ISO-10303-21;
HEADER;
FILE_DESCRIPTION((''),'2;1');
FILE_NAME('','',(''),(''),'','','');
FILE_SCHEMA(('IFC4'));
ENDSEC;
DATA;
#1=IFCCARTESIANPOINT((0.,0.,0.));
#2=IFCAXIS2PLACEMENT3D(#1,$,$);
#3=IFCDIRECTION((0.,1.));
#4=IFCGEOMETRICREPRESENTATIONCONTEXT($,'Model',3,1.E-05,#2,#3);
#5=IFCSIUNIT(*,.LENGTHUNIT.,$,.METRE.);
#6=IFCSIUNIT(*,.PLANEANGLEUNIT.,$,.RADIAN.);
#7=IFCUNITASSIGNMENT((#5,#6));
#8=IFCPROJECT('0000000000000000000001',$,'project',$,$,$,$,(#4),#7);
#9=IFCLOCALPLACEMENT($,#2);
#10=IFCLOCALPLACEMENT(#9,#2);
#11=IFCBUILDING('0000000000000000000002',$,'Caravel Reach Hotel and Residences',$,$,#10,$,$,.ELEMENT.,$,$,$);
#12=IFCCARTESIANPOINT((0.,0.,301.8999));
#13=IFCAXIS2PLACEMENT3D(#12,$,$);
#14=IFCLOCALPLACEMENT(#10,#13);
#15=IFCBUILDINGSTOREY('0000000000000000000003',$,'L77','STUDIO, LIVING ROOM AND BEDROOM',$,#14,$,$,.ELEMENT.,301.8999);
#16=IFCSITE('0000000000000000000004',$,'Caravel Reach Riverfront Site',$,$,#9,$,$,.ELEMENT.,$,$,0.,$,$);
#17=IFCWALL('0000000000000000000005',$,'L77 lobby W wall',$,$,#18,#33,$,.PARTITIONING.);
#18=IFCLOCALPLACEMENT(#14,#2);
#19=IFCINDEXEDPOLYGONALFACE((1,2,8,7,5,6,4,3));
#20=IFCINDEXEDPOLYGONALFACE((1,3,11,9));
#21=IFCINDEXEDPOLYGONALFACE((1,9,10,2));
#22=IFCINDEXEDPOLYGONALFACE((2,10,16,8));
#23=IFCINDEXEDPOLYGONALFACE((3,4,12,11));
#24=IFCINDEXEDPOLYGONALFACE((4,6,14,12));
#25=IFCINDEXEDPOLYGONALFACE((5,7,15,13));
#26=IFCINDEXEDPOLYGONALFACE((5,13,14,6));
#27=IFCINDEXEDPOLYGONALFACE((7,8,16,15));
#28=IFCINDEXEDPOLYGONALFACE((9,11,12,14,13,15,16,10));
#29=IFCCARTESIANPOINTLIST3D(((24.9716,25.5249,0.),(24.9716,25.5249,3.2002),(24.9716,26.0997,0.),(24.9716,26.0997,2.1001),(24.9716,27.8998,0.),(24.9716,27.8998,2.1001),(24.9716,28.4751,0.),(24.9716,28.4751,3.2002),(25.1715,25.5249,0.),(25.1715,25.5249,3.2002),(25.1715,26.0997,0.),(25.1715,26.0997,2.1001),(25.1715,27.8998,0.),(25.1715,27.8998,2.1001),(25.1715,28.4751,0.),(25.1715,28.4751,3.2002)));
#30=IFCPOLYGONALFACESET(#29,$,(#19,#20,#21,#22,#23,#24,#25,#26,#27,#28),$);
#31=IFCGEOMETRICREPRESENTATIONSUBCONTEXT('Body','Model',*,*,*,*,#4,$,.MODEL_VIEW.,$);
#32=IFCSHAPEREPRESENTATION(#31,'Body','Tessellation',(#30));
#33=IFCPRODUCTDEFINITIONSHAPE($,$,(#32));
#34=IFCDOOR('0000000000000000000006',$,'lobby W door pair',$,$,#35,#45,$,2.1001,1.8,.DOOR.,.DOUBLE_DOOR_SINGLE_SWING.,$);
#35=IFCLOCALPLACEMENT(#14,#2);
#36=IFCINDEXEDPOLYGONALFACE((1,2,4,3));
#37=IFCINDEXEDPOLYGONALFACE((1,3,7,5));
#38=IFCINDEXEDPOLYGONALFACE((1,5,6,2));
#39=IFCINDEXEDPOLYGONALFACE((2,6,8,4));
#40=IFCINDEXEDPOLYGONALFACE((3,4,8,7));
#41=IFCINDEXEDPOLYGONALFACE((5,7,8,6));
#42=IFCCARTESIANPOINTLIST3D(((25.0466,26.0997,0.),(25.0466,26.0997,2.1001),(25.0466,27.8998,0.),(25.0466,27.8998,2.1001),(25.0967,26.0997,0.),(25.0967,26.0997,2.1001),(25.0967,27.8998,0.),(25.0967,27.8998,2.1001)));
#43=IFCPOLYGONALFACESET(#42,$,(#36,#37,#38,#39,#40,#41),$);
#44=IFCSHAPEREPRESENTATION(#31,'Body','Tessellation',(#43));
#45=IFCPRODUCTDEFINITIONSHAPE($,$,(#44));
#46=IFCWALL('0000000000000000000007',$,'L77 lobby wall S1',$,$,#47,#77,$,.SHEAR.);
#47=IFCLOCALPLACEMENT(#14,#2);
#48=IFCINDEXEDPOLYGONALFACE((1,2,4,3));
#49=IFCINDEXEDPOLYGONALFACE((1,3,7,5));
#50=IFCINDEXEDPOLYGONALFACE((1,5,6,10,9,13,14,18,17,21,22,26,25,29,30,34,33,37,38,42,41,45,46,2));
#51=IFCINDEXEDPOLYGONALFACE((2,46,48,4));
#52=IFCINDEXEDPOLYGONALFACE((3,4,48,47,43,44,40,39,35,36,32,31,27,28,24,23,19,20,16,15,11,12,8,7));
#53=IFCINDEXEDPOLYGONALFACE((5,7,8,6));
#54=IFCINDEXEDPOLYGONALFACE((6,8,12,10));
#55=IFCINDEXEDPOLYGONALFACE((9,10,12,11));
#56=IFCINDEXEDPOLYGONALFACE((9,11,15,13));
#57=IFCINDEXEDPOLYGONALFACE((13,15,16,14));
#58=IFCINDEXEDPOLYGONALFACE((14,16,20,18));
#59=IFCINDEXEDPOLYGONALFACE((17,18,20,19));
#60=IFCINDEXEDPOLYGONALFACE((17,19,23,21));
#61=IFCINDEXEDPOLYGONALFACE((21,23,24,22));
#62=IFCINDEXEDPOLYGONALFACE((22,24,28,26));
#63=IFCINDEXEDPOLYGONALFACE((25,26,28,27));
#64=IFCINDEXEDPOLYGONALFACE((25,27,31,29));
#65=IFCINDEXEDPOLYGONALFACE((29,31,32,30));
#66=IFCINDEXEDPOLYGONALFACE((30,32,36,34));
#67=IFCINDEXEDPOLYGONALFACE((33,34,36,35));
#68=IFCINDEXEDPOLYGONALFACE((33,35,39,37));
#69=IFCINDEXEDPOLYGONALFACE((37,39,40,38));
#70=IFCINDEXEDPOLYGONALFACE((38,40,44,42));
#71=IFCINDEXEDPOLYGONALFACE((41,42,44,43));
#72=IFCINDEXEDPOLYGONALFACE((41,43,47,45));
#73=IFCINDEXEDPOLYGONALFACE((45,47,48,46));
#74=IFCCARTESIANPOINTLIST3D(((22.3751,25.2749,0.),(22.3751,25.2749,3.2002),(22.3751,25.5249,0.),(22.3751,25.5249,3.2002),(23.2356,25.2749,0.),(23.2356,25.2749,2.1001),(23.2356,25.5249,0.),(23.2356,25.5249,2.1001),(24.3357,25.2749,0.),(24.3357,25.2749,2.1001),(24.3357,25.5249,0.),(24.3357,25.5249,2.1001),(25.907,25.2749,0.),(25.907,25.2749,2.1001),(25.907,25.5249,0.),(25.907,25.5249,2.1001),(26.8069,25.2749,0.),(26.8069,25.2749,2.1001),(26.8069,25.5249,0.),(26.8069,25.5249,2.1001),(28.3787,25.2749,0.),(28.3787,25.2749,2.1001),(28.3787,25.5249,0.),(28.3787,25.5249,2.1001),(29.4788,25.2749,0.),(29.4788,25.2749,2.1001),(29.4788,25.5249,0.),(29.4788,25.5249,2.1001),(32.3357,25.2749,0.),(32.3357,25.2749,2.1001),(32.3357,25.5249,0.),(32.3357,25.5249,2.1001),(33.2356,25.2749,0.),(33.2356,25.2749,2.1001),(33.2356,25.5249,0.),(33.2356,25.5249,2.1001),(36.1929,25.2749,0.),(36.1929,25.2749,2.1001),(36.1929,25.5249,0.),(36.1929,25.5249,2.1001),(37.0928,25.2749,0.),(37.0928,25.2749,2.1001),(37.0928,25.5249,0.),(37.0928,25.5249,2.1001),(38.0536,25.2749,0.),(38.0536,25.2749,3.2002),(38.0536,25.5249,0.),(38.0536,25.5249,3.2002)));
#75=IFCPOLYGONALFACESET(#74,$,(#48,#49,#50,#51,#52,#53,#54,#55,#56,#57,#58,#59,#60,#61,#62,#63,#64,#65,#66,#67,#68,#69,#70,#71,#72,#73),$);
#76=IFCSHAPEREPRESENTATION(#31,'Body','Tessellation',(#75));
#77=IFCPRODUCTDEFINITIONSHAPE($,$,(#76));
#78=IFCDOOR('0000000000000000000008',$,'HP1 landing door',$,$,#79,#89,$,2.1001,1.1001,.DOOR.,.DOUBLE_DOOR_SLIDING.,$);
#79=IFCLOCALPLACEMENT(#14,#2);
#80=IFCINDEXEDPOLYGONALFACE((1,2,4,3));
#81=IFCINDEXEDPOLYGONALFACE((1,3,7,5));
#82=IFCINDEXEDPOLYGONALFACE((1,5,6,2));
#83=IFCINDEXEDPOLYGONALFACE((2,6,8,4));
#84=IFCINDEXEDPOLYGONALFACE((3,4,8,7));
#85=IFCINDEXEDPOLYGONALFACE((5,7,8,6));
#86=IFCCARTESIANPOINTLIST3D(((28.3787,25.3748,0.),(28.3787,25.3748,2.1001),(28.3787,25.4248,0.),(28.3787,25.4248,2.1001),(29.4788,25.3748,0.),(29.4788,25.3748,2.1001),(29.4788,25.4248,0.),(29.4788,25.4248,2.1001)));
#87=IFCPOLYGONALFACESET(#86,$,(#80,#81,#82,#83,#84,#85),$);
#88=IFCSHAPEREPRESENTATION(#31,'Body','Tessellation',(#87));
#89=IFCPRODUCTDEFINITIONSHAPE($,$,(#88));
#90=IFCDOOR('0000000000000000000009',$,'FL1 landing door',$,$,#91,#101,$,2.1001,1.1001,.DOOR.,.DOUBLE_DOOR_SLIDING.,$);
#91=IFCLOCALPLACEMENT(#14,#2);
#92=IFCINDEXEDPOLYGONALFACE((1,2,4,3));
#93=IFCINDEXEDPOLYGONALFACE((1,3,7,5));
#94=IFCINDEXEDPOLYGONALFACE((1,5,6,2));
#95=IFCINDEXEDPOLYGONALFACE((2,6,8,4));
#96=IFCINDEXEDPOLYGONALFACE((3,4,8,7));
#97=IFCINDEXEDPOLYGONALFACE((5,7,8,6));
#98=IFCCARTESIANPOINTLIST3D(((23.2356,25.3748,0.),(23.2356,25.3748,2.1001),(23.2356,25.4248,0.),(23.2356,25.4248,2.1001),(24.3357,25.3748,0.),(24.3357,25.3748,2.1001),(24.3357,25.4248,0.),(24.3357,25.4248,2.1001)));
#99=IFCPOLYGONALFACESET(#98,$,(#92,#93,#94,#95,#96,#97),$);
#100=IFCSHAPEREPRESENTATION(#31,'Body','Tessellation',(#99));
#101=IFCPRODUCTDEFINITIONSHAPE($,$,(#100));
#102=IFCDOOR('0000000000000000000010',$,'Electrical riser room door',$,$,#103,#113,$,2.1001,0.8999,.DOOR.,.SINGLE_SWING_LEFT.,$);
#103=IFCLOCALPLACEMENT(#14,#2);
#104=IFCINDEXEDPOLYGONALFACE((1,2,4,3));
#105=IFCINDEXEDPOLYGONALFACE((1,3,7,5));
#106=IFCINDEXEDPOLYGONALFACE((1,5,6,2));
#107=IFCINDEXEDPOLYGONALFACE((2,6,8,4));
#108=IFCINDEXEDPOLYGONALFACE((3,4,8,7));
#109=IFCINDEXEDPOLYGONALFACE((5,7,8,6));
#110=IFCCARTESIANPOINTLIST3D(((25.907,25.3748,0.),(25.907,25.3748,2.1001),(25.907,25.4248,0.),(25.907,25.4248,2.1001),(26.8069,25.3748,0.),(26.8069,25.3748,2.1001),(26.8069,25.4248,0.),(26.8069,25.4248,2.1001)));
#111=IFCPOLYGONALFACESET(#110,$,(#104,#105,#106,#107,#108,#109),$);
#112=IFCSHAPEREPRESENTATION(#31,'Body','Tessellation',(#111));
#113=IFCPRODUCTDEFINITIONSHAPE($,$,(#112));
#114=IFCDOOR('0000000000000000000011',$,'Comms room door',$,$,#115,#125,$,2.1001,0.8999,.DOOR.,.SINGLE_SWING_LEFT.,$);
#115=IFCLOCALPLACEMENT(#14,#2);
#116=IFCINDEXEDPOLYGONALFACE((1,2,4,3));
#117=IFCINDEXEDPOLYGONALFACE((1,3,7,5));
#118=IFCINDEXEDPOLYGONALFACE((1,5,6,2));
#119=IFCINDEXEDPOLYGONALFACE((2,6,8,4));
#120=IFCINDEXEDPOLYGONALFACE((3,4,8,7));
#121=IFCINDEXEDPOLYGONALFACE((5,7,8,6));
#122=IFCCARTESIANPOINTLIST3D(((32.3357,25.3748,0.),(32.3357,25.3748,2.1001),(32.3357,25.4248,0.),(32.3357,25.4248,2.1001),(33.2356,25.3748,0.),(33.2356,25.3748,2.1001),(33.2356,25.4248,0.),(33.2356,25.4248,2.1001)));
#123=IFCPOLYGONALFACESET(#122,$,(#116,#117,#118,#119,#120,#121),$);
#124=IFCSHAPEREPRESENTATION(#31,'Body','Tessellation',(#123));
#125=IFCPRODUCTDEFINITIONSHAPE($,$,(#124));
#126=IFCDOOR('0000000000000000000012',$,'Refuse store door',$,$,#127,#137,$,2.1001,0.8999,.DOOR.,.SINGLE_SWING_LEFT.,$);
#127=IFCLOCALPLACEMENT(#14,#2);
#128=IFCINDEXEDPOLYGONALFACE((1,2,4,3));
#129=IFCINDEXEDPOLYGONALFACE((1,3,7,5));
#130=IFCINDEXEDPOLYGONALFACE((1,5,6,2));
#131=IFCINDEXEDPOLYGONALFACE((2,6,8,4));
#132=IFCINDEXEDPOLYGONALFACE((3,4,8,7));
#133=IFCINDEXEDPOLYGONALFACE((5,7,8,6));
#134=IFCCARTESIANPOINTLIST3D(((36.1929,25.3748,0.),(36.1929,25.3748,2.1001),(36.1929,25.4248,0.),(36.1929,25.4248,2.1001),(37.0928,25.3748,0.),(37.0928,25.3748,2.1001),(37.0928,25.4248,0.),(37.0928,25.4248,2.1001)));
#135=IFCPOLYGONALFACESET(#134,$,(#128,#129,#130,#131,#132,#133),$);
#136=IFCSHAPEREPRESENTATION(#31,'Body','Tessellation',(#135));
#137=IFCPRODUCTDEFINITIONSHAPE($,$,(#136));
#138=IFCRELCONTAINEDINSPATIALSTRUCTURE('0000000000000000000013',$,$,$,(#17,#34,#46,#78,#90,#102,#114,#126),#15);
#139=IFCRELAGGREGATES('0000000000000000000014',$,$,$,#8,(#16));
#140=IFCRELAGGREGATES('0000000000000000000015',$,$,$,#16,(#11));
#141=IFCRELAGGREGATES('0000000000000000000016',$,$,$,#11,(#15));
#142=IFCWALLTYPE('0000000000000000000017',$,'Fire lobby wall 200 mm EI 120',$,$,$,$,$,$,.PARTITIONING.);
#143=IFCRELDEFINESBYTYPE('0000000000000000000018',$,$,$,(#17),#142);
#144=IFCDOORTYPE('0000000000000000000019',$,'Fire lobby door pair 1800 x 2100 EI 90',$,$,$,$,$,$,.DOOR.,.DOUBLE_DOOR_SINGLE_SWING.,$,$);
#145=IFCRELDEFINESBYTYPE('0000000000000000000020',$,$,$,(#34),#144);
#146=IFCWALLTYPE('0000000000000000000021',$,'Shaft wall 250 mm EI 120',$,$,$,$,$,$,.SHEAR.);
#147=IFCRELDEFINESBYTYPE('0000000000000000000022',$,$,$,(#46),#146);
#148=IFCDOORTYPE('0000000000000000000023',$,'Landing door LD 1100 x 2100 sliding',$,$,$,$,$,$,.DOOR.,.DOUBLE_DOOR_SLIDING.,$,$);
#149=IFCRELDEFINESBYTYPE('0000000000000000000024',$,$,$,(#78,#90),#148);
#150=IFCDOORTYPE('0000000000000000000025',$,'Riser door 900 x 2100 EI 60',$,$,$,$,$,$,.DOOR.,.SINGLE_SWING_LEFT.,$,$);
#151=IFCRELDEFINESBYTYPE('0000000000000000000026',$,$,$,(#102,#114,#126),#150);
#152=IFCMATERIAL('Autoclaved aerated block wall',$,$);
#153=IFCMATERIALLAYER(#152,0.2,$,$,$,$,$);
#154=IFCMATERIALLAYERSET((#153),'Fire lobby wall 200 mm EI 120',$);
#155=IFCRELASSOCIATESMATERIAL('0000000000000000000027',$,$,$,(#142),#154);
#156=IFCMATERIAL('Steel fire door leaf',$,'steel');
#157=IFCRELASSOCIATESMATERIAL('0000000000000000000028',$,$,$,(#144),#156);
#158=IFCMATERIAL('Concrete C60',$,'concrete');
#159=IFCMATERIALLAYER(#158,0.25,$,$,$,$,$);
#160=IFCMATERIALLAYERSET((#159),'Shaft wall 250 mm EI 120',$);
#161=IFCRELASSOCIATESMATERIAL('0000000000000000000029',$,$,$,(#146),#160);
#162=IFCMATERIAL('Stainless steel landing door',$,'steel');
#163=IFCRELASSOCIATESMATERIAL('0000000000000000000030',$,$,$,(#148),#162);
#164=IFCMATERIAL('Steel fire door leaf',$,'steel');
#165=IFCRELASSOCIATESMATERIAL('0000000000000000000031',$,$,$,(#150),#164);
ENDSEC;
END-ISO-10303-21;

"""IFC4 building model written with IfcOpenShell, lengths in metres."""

from ifc_helpers import new_model, si_unit, direction, frame, frame_2d, origin, place, context, subcontext, project, spatial, rectangle, extrude, material, layer, layer_set, type_object, element, fill, save


model = new_model("IFC4")

# Units and contexts
model_context = context("Model", 3, precision=1e-05, world=origin(), true_north=direction((0.0, 1.0)))
body_context = subcontext(model_context, "Body", "Model", "MODEL_VIEW")
ifc_project = project(units=[si_unit("LENGTHUNIT", "METRE"), si_unit("PLANEANGLEUNIT", "RADIAN")], contexts=[model_context])

# Site, building, storey
site_placement = place(None, origin())
site = spatial("IfcSite", under=ifc_project, at=site_placement, Name="Caravel Reach Riverfront Site", CompositionType="ELEMENT", RefElevation=0.0)
building_placement = place(site_placement, origin())
building = spatial("IfcBuilding", under=site, at=building_placement, Name="Caravel Reach Hotel and Residences", CompositionType="ELEMENT")
storey_placement = place(building_placement, frame((0.0, 0.0, 301.8999)))
storey = spatial("IfcBuildingStorey", under=building, at=storey_placement, Name="L77", Description="STUDIO, LIVING ROOM AND BEDROOM", CompositionType="ELEMENT", Elevation=301.8999)

# Wall, opening, door
ifc_material_1 = material(Name="Autoclaved aerated block wall")
ifc_layer_1 = layer(ifc_material_1, 0.2)
ifc_layer_set_1 = layer_set([ifc_layer_1], Name="Fire lobby wall 200 mm EI 120")
wall_type_1 = type_object("IfcWallType", Name="Fire lobby wall 200 mm EI 120", PredefinedType="PARTITIONING", material=ifc_layer_set_1)
wall_1_placement = place(storey_placement, frame((25.0715, 25.5249, 0.0), z_axis=(0.0, 0.0, 1.0), x_axis=(0.0, 1.0, 0.0)))
wall_1 = element("IfcWall", 1, at=wall_1_placement, inside=storey, type_object=wall_type_1, Name="L77 lobby W wall", PredefinedType="PARTITIONING", context=body_context, shape_type="SweptSolid", body=[
    extrude(rectangle(XDim=2.9502, YDim=0.2, at=frame_2d((1.4751, 0.0))), origin(), (0.0, 0.0, 1.0), 3.2002),
])
opening_1_placement = place(wall_1_placement, frame((0.575, 0.0, 0.0)))
opening_1 = element("IfcOpeningElement", 2, at=opening_1_placement, cuts=wall_1, PredefinedType="OPENING", context=body_context, shape_type="SweptSolid", body=[
    extrude(rectangle(XDim=1.8, YDim=2.1001, at=frame_2d((0.8999, 1.05))), frame((0.0, 0.1099, 0.0), z_axis=(0.0, -1.0, 0.0), x_axis=(1.0, 0.0, 0.0)), (0.0, 0.0, 1.0), 0.22),
])
ifc_material_2 = material(Name="Steel fire door leaf", Category="steel")
door_type_1 = type_object("IfcDoorType", Name="Fire lobby door pair 1800 x 2100 EI 90", OperationType="DOUBLE_DOOR_SINGLE_SWING", PredefinedType="DOOR", material=ifc_material_2)
door_1_placement = place(opening_1_placement, origin())
door_1 = element("IfcDoor", 3, at=door_1_placement, inside=storey, type_object=door_type_1, Name="lobby W door pair", OperationType="DOUBLE_DOOR_SINGLE_SWING", OverallHeight=2.1001, OverallWidth=1.8, PredefinedType="DOOR", context=body_context, shape_type="SweptSolid", body=[
    extrude(rectangle(XDim=1.8, YDim=2.1001, at=frame_2d((0.8999, 1.05))), frame((0.0, 0.0249, 0.0), z_axis=(0.0, -1.0, 0.0), x_axis=(1.0, 0.0, 0.0)), (0.0, 0.0, 1.0), 0.05),
])
fill(opening_1, door_1)

# Wall, openings, doors
ifc_material_3 = material(Name="Concrete C60", Category="concrete")
ifc_layer_2 = layer(ifc_material_3, 0.25)
ifc_layer_set_2 = layer_set([ifc_layer_2], Name="Shaft wall 250 mm EI 120")
wall_type_2 = type_object("IfcWallType", Name="Shaft wall 250 mm EI 120", PredefinedType="SHEAR", material=ifc_layer_set_2)
wall_2_placement = place(storey_placement, frame((22.375, 25.3999, 0.0), z_axis=(0.0, 0.0, 1.0), x_axis=(1.0, 0.0, 0.0)))
wall_2 = element("IfcWall", 4, at=wall_2_placement, inside=storey, type_object=wall_type_2, Name="L77 lobby wall S1", PredefinedType="SHEAR", context=body_context, shape_type="SweptSolid", body=[
    extrude(rectangle(XDim=15.6785, YDim=0.25, at=frame_2d((7.8394, 0.0))), origin(), (0.0, 0.0, 1.0), 3.2002),
])
opening_2_placement = place(wall_2_placement, frame((6.0037, 0.0, 0.0)))
opening_2 = element("IfcOpeningElement", 5, at=opening_2_placement, cuts=wall_2, PredefinedType="OPENING", context=body_context, shape_type="SweptSolid", body=[
    extrude(rectangle(XDim=1.1001, YDim=2.1001, at=frame_2d((0.55, 1.05))), frame((0.0, 0.135, 0.0), z_axis=(0.0, -1.0, 0.0), x_axis=(1.0, 0.0, 0.0)), (0.0, 0.0, 1.0), 0.27),
])
opening_3_placement = place(wall_2_placement, frame((0.8606, 0.0, 0.0)))
opening_3 = element("IfcOpeningElement", 6, at=opening_3_placement, cuts=wall_2, PredefinedType="OPENING", context=body_context, shape_type="SweptSolid", body=[
    extrude(rectangle(XDim=1.1001, YDim=2.1001, at=frame_2d((0.55, 1.05))), frame((0.0, 0.135, 0.0), z_axis=(0.0, -1.0, 0.0), x_axis=(1.0, 0.0, 0.0)), (0.0, 0.0, 1.0), 0.27),
])
opening_4_placement = place(wall_2_placement, frame((3.532, 0.0, 0.0)))
opening_4 = element("IfcOpeningElement", 7, at=opening_4_placement, cuts=wall_2, PredefinedType="OPENING", context=body_context, shape_type="SweptSolid", body=[
    extrude(rectangle(XDim=0.8999, YDim=2.1001, at=frame_2d((0.45, 1.05))), frame((0.0, 0.135, 0.0), z_axis=(0.0, -1.0, 0.0), x_axis=(1.0, 0.0, 0.0)), (0.0, 0.0, 1.0), 0.27),
])
opening_5_placement = place(wall_2_placement, frame((9.9607, 0.0, 0.0)))
opening_5 = element("IfcOpeningElement", 8, at=opening_5_placement, cuts=wall_2, PredefinedType="OPENING", context=body_context, shape_type="SweptSolid", body=[
    extrude(rectangle(XDim=0.8999, YDim=2.1001, at=frame_2d((0.45, 1.05))), frame((0.0, 0.135, 0.0), z_axis=(0.0, -1.0, 0.0), x_axis=(1.0, 0.0, 0.0)), (0.0, 0.0, 1.0), 0.27),
])
opening_6_placement = place(wall_2_placement, frame((13.8179, 0.0, 0.0)))
opening_6 = element("IfcOpeningElement", 9, at=opening_6_placement, cuts=wall_2, PredefinedType="OPENING", context=body_context, shape_type="SweptSolid", body=[
    extrude(rectangle(XDim=0.8999, YDim=2.1001, at=frame_2d((0.45, 1.05))), frame((0.0, 0.135, 0.0), z_axis=(0.0, -1.0, 0.0), x_axis=(1.0, 0.0, 0.0)), (0.0, 0.0, 1.0), 0.27),
])
ifc_material_4 = material(Name="Stainless steel landing door", Category="steel")
door_type_2 = type_object("IfcDoorType", Name="Landing door LD 1100 x 2100 sliding", OperationType="DOUBLE_DOOR_SLIDING", PredefinedType="DOOR", material=ifc_material_4)
door_2_placement = place(opening_2_placement, origin())
door_2 = element("IfcDoor", 10, at=door_2_placement, inside=storey, type_object=door_type_2, Name="HP1 landing door", OperationType="DOUBLE_DOOR_SLIDING", OverallHeight=2.1001, OverallWidth=1.1001, PredefinedType="DOOR", context=body_context, shape_type="SweptSolid", body=[
    extrude(rectangle(XDim=1.1001, YDim=2.1001, at=frame_2d((0.55, 1.05))), frame((0.0, 0.0249, 0.0), z_axis=(0.0, -1.0, 0.0), x_axis=(1.0, 0.0, 0.0)), (0.0, 0.0, 1.0), 0.05),
])
fill(opening_2, door_2)
door_3_placement = place(opening_3_placement, origin())
door_3 = element("IfcDoor", 11, at=door_3_placement, inside=storey, type_object=door_type_2, Name="FL1 landing door", OperationType="DOUBLE_DOOR_SLIDING", OverallHeight=2.1001, OverallWidth=1.1001, PredefinedType="DOOR", context=body_context, shape_type="SweptSolid", body=[
    extrude(rectangle(XDim=1.1001, YDim=2.1001, at=frame_2d((0.55, 1.05))), frame((0.0, 0.0249, 0.0), z_axis=(0.0, -1.0, 0.0), x_axis=(1.0, 0.0, 0.0)), (0.0, 0.0, 1.0), 0.05),
])
fill(opening_3, door_3)
ifc_material_5 = material(Name="Steel fire door leaf", Category="steel")
door_type_3 = type_object("IfcDoorType", Name="Riser door 900 x 2100 EI 60", OperationType="SINGLE_SWING_LEFT", PredefinedType="DOOR", material=ifc_material_5)
door_4_placement = place(opening_4_placement, origin())
door_4 = element("IfcDoor", 12, at=door_4_placement, inside=storey, type_object=door_type_3, Name="Electrical riser room door", OperationType="SINGLE_SWING_LEFT", OverallHeight=2.1001, OverallWidth=0.8999, PredefinedType="DOOR", context=body_context, shape_type="SweptSolid", body=[
    extrude(rectangle(XDim=0.8999, YDim=2.1001, at=frame_2d((0.45, 1.05))), frame((0.0, 0.0249, 0.0), z_axis=(0.0, -1.0, 0.0), x_axis=(1.0, 0.0, 0.0)), (0.0, 0.0, 1.0), 0.05),
])
fill(opening_4, door_4)
door_5_placement = place(opening_5_placement, origin())
door_5 = element("IfcDoor", 13, at=door_5_placement, inside=storey, type_object=door_type_3, Name="Comms room door", OperationType="SINGLE_SWING_LEFT", OverallHeight=2.1001, OverallWidth=0.8999, PredefinedType="DOOR", context=body_context, shape_type="SweptSolid", body=[
    extrude(rectangle(XDim=0.8999, YDim=2.1001, at=frame_2d((0.45, 1.05))), frame((0.0, 0.0249, 0.0), z_axis=(0.0, -1.0, 0.0), x_axis=(1.0, 0.0, 0.0)), (0.0, 0.0, 1.0), 0.05),
])
fill(opening_5, door_5)
door_6_placement = place(opening_6_placement, origin())
door_6 = element("IfcDoor", 14, at=door_6_placement, inside=storey, type_object=door_type_3, Name="Refuse store door", OperationType="SINGLE_SWING_LEFT", OverallHeight=2.1001, OverallWidth=0.8999, PredefinedType="DOOR", context=body_context, shape_type="SweptSolid", body=[
    extrude(rectangle(XDim=0.8999, YDim=2.1001, at=frame_2d((0.45, 1.05))), frame((0.0, 0.0249, 0.0), z_axis=(0.0, -1.0, 0.0), x_axis=(1.0, 0.0, 0.0)), (0.0, 0.0, 1.0), 0.05),
])
fill(opening_6, door_6)

save(model, "model.ifc")
